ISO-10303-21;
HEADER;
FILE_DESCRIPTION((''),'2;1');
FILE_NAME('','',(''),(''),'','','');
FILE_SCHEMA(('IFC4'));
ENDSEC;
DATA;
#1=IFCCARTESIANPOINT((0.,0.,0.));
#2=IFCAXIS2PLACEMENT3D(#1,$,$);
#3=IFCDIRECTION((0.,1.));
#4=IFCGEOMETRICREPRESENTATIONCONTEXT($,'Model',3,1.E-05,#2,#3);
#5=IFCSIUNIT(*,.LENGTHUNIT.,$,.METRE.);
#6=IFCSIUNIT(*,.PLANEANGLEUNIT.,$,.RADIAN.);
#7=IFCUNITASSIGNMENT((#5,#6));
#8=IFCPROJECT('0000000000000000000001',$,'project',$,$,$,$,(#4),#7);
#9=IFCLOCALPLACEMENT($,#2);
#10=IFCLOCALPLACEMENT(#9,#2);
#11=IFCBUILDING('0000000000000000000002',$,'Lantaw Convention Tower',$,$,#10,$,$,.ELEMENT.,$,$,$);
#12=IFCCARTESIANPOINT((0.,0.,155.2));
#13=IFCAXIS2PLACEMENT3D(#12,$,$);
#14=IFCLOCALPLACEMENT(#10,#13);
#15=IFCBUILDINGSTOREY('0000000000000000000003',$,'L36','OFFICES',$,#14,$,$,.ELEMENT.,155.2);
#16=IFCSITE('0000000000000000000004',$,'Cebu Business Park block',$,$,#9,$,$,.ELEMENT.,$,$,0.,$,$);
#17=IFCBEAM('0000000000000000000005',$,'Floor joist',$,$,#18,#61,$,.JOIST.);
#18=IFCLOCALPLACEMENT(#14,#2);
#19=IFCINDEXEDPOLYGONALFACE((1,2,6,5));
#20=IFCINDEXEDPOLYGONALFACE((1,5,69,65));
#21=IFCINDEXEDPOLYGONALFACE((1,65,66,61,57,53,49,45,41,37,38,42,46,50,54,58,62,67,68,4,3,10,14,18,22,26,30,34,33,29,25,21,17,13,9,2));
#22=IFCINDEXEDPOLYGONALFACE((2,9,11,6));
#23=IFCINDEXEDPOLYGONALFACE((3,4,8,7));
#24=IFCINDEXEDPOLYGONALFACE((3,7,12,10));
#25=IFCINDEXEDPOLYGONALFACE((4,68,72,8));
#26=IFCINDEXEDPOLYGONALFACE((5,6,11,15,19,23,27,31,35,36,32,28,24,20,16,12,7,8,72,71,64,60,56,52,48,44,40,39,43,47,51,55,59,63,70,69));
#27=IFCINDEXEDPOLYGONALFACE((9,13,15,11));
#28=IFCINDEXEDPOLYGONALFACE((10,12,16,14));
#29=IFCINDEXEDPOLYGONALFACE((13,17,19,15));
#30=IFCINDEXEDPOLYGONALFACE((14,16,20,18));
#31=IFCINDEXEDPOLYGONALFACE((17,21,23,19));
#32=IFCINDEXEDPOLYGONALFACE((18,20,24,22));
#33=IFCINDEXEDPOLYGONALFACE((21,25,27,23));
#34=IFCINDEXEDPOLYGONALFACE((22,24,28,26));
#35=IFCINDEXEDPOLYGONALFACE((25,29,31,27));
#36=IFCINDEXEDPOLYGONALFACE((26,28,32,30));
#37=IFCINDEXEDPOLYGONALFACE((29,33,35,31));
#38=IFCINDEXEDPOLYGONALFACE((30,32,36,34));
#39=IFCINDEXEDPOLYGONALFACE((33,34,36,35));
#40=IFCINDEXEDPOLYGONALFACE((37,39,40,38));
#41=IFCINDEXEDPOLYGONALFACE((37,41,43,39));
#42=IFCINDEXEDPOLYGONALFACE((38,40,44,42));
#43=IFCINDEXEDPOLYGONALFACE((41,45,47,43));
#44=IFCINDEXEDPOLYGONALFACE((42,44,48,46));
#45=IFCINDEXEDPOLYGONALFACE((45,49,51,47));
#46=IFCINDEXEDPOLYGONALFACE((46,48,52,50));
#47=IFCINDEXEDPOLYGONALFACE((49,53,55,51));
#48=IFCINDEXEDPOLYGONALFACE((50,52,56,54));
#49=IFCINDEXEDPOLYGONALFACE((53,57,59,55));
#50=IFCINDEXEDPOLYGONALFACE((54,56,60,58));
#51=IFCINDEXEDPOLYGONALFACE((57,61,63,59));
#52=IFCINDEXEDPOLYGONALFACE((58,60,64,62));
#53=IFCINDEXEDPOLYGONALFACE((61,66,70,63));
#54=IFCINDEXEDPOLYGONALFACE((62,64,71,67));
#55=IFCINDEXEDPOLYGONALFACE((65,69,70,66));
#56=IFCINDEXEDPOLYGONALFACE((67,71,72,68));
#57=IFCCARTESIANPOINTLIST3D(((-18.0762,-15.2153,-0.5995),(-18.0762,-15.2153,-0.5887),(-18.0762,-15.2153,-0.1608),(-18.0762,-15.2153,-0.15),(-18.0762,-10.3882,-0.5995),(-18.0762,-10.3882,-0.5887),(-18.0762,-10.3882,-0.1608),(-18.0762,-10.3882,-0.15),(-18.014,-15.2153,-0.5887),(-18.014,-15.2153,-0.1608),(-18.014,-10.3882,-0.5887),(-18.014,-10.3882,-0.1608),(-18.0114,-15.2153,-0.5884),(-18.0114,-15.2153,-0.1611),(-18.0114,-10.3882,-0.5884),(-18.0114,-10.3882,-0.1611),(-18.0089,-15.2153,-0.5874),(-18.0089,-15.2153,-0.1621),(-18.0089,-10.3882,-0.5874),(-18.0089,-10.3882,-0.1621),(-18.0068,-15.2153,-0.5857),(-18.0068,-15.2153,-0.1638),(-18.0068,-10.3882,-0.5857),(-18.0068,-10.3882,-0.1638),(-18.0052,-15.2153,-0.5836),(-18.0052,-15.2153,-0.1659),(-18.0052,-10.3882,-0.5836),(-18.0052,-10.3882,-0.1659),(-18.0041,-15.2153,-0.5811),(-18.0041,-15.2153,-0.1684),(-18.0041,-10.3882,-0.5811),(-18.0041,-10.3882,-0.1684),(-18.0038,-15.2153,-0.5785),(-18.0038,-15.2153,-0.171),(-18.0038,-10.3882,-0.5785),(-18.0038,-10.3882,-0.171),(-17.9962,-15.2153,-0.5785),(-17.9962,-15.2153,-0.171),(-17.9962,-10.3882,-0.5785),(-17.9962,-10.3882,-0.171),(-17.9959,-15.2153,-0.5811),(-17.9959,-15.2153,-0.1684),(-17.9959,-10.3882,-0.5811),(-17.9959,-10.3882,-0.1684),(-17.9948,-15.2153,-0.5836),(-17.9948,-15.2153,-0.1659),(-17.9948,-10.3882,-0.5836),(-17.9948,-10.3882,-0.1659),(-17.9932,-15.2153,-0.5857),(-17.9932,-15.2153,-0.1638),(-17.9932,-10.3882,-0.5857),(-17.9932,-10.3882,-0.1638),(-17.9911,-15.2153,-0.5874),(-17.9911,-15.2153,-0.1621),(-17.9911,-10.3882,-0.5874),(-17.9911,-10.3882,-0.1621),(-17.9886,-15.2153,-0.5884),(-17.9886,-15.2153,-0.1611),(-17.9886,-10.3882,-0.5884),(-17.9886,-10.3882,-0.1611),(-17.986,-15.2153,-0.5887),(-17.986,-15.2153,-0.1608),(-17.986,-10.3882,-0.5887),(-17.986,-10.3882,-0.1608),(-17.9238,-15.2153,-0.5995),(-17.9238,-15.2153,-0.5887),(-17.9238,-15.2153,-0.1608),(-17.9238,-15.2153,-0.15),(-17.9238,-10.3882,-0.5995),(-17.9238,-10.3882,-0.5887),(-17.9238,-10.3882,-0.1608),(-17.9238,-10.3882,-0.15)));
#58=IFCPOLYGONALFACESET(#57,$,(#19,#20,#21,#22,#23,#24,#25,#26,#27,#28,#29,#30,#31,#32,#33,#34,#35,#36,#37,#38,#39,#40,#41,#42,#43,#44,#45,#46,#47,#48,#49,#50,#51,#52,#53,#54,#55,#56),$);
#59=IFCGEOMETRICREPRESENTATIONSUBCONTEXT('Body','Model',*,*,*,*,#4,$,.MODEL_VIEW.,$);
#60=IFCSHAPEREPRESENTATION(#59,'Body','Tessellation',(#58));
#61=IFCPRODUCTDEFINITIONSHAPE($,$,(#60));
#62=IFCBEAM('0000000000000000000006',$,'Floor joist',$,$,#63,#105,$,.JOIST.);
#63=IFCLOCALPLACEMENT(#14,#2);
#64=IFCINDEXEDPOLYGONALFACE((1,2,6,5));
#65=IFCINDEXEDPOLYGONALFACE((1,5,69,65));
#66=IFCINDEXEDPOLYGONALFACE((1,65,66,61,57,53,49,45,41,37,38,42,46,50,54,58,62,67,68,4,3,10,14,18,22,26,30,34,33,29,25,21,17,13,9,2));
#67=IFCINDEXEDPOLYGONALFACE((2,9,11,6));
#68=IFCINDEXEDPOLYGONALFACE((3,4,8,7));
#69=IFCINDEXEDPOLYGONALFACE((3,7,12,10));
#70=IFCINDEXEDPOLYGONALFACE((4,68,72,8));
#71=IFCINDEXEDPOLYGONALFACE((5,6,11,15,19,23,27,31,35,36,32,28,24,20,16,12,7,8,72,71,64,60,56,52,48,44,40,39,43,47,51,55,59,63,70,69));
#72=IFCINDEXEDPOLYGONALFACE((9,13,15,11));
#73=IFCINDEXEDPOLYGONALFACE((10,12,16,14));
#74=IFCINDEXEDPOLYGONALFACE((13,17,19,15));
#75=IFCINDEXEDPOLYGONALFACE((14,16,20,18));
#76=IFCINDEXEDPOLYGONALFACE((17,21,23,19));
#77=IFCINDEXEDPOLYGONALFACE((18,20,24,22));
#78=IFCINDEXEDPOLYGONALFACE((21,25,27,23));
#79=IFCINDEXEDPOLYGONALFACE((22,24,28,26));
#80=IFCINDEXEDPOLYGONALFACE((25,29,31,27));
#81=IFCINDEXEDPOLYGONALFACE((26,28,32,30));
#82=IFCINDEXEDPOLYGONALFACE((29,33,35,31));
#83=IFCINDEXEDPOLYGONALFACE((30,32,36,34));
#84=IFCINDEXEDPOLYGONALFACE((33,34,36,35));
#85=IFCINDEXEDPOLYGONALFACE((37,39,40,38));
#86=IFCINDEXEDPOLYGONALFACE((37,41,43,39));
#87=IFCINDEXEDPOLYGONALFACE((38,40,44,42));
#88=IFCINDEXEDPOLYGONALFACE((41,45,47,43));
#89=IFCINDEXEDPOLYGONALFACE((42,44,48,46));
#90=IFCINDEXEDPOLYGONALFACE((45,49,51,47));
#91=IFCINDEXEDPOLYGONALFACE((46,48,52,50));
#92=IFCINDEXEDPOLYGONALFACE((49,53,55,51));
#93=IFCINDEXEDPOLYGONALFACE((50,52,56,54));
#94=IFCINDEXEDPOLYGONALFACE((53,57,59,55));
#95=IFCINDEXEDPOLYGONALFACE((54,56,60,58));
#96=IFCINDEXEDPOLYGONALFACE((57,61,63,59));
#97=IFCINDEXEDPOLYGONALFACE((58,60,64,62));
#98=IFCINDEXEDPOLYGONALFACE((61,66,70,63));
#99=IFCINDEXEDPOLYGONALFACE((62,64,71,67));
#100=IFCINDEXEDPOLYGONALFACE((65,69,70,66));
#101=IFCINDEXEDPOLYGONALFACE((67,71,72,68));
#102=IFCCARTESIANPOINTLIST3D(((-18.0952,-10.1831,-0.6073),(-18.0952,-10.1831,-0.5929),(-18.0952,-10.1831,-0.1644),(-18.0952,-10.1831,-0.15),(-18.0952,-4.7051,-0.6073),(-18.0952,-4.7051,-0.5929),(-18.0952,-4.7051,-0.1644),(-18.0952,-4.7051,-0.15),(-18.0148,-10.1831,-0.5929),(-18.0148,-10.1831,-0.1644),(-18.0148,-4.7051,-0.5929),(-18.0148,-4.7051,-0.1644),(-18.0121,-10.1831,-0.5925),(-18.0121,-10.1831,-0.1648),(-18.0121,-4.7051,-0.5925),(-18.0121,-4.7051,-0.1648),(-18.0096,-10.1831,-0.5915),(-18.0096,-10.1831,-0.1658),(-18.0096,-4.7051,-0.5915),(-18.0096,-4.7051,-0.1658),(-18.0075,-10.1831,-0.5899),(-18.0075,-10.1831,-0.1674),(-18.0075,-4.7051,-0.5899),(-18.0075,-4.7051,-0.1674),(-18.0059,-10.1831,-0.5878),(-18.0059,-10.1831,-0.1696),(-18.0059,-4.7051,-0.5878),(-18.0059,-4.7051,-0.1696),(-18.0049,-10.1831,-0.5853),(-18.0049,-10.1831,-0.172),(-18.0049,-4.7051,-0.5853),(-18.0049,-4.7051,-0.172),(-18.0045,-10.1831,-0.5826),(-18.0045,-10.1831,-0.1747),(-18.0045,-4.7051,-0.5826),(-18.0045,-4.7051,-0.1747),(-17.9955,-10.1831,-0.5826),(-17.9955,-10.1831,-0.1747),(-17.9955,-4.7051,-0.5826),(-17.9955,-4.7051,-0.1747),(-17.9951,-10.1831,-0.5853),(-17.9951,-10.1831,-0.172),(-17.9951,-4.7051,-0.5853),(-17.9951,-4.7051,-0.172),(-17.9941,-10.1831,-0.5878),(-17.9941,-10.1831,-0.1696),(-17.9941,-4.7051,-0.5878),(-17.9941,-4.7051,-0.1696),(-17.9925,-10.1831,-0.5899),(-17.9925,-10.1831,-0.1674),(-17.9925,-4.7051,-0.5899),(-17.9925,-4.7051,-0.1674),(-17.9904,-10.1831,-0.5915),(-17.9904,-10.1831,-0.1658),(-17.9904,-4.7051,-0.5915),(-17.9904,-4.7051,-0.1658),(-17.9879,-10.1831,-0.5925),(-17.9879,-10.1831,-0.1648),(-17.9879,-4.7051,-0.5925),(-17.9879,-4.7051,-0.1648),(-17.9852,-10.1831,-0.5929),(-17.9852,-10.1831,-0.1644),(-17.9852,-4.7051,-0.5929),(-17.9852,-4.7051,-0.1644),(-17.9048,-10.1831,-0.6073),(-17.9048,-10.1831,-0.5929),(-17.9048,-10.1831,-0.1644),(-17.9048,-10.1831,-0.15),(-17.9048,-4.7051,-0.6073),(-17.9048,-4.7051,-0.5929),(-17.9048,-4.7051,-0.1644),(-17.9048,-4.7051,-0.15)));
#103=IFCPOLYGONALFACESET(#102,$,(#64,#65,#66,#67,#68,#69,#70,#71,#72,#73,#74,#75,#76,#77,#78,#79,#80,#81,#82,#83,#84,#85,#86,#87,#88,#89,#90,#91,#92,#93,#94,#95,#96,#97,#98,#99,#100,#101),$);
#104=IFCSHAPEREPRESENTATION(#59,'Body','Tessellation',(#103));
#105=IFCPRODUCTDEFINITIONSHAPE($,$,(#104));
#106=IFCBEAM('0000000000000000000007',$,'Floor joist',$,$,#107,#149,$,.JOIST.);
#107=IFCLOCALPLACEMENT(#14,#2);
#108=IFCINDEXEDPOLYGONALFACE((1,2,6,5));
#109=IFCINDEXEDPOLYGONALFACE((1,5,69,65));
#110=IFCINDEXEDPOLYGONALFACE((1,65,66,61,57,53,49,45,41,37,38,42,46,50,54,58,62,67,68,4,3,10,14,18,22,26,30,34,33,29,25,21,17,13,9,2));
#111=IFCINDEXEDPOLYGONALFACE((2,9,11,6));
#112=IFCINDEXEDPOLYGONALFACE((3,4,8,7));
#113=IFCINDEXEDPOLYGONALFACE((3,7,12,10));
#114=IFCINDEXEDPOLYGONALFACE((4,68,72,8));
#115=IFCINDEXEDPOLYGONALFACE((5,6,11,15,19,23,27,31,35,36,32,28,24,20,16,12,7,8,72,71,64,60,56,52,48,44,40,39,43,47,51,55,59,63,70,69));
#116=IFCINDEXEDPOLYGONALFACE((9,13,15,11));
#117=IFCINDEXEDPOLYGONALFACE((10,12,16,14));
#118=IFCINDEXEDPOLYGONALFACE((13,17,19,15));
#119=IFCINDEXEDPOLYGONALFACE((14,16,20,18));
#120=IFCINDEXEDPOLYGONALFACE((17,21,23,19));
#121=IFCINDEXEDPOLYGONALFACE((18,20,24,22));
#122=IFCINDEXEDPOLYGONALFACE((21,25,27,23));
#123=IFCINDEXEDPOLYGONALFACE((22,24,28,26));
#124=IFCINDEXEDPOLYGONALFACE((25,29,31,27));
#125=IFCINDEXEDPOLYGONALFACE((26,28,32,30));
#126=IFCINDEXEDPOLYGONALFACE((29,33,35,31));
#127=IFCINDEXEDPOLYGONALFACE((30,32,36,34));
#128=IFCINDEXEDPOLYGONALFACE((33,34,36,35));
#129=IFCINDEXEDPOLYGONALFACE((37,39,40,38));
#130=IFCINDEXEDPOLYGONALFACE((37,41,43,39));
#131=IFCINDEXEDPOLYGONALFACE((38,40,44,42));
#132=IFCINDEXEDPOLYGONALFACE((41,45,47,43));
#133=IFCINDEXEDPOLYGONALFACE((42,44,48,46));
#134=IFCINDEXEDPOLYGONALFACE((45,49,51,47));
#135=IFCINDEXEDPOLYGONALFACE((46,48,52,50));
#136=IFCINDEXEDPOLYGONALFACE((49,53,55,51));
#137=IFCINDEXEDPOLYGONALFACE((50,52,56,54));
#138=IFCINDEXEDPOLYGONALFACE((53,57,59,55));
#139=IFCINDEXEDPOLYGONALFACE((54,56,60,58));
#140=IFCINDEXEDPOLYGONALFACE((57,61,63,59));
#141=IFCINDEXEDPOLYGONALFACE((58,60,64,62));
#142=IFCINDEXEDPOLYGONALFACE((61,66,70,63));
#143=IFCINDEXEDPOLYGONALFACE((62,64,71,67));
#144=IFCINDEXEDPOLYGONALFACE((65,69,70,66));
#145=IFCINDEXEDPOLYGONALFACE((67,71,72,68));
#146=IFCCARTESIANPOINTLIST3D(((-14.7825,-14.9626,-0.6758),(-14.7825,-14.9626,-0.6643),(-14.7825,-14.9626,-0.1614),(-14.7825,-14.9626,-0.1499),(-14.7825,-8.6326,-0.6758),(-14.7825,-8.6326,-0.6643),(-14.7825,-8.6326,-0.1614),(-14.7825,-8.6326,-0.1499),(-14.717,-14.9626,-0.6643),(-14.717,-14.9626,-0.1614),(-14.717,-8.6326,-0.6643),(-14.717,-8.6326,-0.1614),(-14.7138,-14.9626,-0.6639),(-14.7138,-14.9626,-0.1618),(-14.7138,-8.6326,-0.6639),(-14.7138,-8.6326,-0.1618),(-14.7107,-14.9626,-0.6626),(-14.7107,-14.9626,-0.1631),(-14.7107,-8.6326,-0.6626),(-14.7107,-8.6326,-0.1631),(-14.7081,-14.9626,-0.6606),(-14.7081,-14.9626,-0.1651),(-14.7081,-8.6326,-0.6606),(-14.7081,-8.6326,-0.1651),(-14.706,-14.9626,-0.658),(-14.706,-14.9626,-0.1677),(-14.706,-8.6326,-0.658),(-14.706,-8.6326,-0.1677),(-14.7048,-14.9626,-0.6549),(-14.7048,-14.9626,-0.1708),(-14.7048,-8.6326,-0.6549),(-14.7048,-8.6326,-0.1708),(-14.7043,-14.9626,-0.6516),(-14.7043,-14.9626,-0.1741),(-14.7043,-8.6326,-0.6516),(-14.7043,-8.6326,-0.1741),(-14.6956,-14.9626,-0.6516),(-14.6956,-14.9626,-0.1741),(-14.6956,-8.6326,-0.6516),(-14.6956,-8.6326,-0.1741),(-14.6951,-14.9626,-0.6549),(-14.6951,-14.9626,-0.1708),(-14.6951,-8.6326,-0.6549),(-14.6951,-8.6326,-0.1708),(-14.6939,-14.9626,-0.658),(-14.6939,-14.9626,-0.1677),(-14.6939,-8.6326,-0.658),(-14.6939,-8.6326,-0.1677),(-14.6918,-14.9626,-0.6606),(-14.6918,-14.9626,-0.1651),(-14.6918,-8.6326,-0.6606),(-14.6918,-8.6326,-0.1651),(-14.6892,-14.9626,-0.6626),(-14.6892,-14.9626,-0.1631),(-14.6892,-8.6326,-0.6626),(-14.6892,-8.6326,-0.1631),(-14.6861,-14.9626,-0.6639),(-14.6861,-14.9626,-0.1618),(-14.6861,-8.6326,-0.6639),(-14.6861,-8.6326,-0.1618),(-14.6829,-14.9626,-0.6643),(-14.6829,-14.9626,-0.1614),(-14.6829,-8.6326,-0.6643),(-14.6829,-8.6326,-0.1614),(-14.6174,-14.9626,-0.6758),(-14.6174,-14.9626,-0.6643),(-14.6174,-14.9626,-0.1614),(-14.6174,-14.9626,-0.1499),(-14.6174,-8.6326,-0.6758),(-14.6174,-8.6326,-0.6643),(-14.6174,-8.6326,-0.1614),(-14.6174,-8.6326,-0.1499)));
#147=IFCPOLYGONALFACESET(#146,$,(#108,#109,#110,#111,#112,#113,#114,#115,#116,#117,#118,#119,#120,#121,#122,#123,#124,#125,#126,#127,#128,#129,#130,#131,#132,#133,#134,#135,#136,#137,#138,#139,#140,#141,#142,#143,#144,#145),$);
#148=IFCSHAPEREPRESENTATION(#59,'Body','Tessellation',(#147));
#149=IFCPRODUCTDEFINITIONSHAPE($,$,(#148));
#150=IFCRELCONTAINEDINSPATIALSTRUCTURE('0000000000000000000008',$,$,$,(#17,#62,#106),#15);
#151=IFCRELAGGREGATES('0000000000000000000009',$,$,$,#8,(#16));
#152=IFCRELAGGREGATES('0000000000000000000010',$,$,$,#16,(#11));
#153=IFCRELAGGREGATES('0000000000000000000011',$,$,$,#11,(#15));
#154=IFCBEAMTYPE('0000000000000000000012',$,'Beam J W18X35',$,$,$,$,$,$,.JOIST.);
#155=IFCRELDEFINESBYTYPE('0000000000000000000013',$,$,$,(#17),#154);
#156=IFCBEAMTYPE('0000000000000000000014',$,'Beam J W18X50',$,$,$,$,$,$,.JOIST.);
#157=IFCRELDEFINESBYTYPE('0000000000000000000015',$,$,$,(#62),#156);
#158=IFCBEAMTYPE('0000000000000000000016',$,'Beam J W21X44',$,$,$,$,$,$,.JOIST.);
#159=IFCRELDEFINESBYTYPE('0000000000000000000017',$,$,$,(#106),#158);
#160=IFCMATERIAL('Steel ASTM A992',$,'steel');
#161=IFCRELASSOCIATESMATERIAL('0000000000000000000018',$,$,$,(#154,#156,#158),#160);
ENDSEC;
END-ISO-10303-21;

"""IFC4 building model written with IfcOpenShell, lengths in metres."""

from ifc_helpers import new_model, si_unit, direction, frame, origin, origin_2d, place, context, subcontext, project, spatial, i_section, extrude, material, material_profile, profile_set, type_object, element, save


model = new_model("IFC4")

# Units and contexts
model_context = context("Model", 3, precision=1e-05, world=origin(), true_north=direction((0.0, 1.0)))
body_context = subcontext(model_context, "Body", "Model", "MODEL_VIEW")
ifc_project = project(units=[si_unit("LENGTHUNIT", "METRE"), si_unit("PLANEANGLEUNIT", "RADIAN")], contexts=[model_context])

# Site, building, storey
site_placement = place(None, origin())
site = spatial("IfcSite", under=ifc_project, at=site_placement, Name="Cebu Business Park block", CompositionType="ELEMENT", RefElevation=0.0)
building_placement = place(site_placement, origin())
building = spatial("IfcBuilding", under=site, at=building_placement, Name="Lantaw Convention Tower", CompositionType="ELEMENT")
storey_placement = place(building_placement, frame((0.0, 0.0, 155.2)))
storey = spatial("IfcBuildingStorey", under=building, at=storey_placement, Name="L36", Description="OFFICES", CompositionType="ELEMENT", Elevation=155.2)

# Beams
ifc_material_1 = material(Name="Steel ASTM A992", Category="steel")
ifc_material_profile_1 = material_profile(ifc_material_1, i_section(OverallWidth=0.1523, OverallDepth=0.4495, WebThickness=0.0076, FlangeThickness=0.0107, FilletRadius=0.0103, at=origin_2d()), Name="W18X35")
ifc_profile_set_1 = profile_set([ifc_material_profile_1], Name="Steel ASTM A992")
beam_type_1 = type_object("IfcBeamType", Name="Beam J W18X35", PredefinedType="JOIST", material=ifc_profile_set_1)
beam_1_placement = place(storey_placement, frame((-18.0, -15.2153, -0.3748), z_axis=(0.0, 1.0, 0.0), x_axis=(-1.0, 0.0, 0.0)))
element("IfcBeam", 1, at=beam_1_placement, inside=storey, type_object=beam_type_1, Name="Floor joist", PredefinedType="JOIST", context=body_context, shape_type="SweptSolid", body=[
    extrude(i_section(OverallWidth=0.1523, OverallDepth=0.4495, WebThickness=0.0076, FlangeThickness=0.0107, FilletRadius=0.0103, at=origin_2d()), origin(), (0.0, 0.0, 1.0), 4.8271),
])
ifc_material_profile_2 = material_profile(ifc_material_1, i_section(OverallWidth=0.1904, OverallDepth=0.4573, WebThickness=0.009, FlangeThickness=0.0144, FilletRadius=0.0103, at=origin_2d()), Name="W18X50")
ifc_profile_set_2 = profile_set([ifc_material_profile_2], Name="Steel ASTM A992")
beam_type_2 = type_object("IfcBeamType", Name="Beam J W18X50", PredefinedType="JOIST", material=ifc_profile_set_2)
beam_2_placement = place(storey_placement, frame((-18.0, -10.1831, -0.3787), z_axis=(0.0, 1.0, 0.0), x_axis=(-1.0, 0.0, 0.0)))
element("IfcBeam", 2, at=beam_2_placement, inside=storey, type_object=beam_type_2, Name="Floor joist", PredefinedType="JOIST", context=body_context, shape_type="SweptSolid", body=[
    extrude(i_section(OverallWidth=0.1904, OverallDepth=0.4573, WebThickness=0.009, FlangeThickness=0.0144, FilletRadius=0.0103, at=origin_2d()), origin(), (0.0, 0.0, 1.0), 5.478),
])
ifc_material_profile_3 = material_profile(ifc_material_1, i_section(OverallWidth=0.165, OverallDepth=0.5259, WebThickness=0.0088, FlangeThickness=0.0115, FilletRadius=0.0127, at=origin_2d()), Name="W21X44")
ifc_profile_set_3 = profile_set([ifc_material_profile_3], Name="Steel ASTM A992")
beam_type_3 = type_object("IfcBeamType", Name="Beam J W21X44", PredefinedType="JOIST", material=ifc_profile_set_3)
beam_3_placement = place(storey_placement, frame((-14.7, -14.9626, -0.4128), z_axis=(0.0, 1.0, 0.0), x_axis=(-1.0, 0.0, 0.0)))
element("IfcBeam", 3, at=beam_3_placement, inside=storey, type_object=beam_type_3, Name="Floor joist", PredefinedType="JOIST", context=body_context, shape_type="SweptSolid", body=[
    extrude(i_section(OverallWidth=0.165, OverallDepth=0.5259, WebThickness=0.0088, FlangeThickness=0.0115, FilletRadius=0.0127, at=origin_2d()), origin(), (0.0, 0.0, 1.0), 6.3301),
])

save(model, "model.ifc")
